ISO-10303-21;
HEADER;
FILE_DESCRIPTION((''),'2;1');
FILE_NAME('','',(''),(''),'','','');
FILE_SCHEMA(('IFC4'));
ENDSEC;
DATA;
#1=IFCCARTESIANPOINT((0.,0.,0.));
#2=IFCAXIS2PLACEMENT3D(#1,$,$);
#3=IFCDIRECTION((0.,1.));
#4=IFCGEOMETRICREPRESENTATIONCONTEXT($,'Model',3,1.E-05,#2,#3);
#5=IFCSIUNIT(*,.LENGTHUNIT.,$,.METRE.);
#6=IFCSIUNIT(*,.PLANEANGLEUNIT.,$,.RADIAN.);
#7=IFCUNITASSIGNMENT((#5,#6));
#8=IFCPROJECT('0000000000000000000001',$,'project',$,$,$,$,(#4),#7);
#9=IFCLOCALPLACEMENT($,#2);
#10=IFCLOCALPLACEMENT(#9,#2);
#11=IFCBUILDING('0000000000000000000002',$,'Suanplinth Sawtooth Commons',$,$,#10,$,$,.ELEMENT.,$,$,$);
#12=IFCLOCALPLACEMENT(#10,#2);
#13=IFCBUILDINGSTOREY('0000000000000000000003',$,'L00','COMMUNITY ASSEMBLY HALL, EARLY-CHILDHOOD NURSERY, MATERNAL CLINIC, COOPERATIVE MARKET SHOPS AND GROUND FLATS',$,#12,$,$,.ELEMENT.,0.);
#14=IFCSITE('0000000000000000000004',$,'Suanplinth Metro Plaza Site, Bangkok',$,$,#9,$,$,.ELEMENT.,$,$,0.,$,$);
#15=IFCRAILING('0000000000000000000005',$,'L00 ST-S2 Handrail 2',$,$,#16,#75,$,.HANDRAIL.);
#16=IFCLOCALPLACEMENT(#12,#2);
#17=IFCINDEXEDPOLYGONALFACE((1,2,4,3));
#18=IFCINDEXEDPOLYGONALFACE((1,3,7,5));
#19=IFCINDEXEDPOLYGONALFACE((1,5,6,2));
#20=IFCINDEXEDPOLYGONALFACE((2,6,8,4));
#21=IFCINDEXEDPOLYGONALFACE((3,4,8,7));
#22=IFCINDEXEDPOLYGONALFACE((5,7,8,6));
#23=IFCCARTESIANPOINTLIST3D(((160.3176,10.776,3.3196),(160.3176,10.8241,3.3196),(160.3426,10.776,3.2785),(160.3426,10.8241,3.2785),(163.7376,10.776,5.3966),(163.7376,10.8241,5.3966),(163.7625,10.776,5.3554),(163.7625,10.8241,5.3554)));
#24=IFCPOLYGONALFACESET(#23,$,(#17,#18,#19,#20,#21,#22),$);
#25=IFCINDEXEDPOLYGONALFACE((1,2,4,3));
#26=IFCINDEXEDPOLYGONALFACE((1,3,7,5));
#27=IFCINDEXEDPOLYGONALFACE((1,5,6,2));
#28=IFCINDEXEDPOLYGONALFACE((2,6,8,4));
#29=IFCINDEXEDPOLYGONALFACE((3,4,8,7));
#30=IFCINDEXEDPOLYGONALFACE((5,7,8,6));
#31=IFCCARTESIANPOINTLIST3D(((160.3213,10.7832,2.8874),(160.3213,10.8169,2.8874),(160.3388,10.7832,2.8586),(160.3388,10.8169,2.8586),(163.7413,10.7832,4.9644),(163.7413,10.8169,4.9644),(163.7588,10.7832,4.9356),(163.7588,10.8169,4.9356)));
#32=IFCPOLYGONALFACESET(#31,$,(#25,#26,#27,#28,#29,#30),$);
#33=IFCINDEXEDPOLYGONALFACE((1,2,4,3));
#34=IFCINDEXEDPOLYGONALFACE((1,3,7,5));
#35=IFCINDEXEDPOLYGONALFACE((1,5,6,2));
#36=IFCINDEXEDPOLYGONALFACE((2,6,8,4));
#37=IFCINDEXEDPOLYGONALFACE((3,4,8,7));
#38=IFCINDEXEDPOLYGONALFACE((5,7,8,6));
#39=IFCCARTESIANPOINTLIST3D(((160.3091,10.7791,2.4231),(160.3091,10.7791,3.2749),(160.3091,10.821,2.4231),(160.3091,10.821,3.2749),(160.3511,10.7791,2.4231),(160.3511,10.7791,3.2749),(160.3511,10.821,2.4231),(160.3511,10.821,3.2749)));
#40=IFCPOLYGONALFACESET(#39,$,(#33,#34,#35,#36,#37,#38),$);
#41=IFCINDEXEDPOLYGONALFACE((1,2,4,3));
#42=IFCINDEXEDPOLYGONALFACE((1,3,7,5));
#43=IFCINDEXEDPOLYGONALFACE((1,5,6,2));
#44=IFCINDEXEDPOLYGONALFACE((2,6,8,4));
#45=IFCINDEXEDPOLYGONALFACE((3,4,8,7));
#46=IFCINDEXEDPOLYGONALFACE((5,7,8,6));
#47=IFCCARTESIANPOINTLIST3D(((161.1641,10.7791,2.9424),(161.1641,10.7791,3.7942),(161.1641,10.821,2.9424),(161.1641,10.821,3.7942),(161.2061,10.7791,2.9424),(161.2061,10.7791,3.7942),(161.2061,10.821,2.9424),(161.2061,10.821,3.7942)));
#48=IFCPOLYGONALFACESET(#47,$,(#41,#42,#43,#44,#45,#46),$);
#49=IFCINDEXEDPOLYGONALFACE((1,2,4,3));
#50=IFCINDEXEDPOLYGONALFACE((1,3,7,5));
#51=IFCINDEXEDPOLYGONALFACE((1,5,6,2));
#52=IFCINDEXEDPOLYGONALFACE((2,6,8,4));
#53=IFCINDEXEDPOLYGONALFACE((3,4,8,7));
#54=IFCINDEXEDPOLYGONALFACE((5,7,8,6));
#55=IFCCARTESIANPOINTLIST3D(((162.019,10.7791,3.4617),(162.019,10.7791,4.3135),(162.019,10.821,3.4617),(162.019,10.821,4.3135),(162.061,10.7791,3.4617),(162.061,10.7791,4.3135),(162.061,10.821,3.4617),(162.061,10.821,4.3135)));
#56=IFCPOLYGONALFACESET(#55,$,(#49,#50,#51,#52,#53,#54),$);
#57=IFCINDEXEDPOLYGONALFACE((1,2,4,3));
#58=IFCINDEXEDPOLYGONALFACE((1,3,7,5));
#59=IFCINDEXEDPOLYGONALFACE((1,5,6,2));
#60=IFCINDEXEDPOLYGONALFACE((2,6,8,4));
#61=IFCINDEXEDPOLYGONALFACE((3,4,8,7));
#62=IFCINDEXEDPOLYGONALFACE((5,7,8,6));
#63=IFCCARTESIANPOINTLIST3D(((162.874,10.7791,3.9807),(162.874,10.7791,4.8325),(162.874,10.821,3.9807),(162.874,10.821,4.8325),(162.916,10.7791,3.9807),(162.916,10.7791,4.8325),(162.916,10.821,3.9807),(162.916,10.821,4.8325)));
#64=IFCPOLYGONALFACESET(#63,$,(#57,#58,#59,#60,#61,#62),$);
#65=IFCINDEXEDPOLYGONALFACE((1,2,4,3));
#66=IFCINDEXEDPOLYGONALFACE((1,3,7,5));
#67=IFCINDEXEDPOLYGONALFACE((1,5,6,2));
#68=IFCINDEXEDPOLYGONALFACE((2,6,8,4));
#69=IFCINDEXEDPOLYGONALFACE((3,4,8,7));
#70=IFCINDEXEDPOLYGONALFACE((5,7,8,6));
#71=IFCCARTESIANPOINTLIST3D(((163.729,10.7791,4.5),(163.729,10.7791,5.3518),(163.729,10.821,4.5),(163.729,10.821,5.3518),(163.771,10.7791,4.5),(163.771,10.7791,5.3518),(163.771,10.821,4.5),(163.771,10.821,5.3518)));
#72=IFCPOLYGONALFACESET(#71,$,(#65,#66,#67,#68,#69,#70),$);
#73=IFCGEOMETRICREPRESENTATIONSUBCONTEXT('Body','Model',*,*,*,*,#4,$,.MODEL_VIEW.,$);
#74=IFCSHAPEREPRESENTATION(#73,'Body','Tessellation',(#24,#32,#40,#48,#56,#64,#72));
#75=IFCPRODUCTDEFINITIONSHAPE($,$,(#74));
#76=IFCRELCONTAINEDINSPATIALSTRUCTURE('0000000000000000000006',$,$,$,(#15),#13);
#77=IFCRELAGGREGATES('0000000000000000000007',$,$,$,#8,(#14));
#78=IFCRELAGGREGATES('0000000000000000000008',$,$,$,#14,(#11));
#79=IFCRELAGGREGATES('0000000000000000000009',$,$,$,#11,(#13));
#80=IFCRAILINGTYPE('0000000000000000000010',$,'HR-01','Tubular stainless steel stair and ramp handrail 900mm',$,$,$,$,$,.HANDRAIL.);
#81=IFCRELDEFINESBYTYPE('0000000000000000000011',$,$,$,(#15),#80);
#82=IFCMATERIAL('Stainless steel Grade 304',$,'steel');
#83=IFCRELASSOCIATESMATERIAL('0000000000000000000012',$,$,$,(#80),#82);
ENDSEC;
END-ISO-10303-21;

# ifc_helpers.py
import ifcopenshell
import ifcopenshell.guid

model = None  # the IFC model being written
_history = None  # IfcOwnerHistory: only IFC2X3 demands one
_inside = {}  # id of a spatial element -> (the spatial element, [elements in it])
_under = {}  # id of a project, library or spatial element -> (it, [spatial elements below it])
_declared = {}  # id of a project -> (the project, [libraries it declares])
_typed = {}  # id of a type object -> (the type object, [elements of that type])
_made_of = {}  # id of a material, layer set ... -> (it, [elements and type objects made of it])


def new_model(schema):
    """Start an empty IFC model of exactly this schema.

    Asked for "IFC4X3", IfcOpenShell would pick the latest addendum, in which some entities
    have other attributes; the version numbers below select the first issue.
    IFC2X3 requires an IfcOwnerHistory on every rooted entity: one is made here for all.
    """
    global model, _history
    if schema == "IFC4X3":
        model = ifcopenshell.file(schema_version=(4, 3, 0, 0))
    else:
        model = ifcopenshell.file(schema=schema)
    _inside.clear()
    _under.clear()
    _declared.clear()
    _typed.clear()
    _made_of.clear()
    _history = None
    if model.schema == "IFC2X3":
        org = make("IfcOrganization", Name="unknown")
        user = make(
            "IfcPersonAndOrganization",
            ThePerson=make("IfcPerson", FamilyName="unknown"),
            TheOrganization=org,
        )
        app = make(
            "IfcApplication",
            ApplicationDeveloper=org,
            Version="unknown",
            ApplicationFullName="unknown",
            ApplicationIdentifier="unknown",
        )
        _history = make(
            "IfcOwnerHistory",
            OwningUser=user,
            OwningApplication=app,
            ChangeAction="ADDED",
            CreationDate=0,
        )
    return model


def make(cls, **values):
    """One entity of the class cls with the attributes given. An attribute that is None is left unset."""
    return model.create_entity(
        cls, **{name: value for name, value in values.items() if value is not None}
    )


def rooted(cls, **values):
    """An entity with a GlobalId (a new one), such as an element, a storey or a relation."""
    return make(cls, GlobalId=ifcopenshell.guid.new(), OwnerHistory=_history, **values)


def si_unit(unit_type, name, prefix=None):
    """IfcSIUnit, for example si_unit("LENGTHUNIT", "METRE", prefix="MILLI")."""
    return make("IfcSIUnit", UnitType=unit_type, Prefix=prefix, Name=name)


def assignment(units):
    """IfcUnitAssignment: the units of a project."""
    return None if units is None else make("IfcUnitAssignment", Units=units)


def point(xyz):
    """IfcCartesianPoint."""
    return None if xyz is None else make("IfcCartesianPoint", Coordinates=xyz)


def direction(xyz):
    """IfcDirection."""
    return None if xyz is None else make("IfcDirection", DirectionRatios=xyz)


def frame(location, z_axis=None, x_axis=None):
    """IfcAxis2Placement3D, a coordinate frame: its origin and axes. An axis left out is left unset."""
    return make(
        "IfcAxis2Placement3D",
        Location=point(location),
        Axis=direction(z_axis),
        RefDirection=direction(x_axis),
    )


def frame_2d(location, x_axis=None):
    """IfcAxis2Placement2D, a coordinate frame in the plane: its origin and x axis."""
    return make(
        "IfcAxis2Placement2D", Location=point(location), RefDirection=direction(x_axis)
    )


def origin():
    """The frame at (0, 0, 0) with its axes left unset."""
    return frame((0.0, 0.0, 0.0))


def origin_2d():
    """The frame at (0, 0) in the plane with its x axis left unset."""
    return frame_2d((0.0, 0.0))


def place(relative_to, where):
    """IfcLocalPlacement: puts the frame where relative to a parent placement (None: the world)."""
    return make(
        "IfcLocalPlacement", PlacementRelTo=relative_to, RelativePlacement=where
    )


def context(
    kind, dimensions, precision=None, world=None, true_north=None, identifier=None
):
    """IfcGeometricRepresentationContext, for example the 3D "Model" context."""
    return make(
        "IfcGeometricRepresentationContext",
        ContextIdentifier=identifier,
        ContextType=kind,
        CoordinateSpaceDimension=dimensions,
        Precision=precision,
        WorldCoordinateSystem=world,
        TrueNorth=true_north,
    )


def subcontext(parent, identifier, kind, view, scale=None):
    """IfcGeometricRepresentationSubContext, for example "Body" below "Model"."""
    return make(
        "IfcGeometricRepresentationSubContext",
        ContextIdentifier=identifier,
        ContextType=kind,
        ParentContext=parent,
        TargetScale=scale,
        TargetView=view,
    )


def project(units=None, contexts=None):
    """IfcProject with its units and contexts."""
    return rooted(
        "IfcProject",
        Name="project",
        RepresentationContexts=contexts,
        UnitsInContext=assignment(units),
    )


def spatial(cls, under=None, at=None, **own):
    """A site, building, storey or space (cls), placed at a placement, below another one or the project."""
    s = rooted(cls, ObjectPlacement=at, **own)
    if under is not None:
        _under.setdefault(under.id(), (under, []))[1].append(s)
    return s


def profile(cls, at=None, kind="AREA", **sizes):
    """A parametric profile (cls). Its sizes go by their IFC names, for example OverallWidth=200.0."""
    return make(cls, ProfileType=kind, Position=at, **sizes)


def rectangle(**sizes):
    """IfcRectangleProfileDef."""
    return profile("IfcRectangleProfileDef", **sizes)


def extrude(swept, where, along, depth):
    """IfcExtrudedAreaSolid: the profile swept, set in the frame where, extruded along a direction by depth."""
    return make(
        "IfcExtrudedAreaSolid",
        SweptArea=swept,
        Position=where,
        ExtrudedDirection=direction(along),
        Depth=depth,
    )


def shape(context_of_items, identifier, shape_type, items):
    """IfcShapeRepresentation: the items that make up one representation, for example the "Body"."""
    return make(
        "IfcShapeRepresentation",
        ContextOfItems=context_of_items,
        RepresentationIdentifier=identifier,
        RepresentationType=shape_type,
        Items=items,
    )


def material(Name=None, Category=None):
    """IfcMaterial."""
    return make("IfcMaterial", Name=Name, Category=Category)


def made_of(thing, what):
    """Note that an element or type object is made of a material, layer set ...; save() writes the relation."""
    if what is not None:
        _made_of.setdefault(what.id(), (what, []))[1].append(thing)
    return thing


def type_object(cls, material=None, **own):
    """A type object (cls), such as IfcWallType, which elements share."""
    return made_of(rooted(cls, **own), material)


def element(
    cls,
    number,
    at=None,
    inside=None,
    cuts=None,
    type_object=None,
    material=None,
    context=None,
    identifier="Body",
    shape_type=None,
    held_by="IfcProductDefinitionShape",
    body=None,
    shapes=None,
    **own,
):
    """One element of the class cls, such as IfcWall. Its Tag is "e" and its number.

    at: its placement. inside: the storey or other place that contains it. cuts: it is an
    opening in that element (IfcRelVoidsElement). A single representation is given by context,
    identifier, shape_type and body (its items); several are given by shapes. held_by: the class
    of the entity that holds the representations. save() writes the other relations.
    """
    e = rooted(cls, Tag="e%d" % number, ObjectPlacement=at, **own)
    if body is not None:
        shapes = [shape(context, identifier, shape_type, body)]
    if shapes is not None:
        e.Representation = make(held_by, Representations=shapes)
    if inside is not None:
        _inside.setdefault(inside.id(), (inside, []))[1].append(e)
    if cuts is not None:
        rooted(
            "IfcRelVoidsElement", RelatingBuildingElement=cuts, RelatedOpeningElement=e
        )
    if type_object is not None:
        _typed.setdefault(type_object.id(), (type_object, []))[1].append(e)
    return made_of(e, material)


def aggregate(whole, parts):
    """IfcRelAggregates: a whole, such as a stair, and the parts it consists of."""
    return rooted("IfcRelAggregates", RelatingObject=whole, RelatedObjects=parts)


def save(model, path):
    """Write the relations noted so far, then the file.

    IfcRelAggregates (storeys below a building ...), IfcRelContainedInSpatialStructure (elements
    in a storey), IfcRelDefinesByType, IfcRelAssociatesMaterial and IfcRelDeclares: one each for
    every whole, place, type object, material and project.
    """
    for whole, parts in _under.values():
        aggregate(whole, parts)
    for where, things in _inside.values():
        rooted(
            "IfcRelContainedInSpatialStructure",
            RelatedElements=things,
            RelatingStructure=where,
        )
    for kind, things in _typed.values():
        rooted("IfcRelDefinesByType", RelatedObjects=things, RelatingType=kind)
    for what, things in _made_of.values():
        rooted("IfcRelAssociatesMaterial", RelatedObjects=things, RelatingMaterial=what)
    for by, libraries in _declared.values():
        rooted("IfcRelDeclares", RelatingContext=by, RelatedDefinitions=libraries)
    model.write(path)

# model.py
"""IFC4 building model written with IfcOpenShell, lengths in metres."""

from ifc_helpers import new_model, si_unit, direction, frame, origin, origin_2d, place, context, subcontext, project, spatial, rectangle, extrude, material, type_object, element, save


model = new_model("IFC4")

# Units and contexts
model_context = context("Model", 3, precision=1e-05, world=origin(), true_north=direction((0.0, 1.0)))
body_context = subcontext(model_context, "Body", "Model", "MODEL_VIEW")
ifc_project = project(units=[si_unit("LENGTHUNIT", "METRE"), si_unit("PLANEANGLEUNIT", "RADIAN")], contexts=[model_context])

# Site, building, storey
site_placement = place(None, origin())
site = spatial("IfcSite", under=ifc_project, at=site_placement, Name="Suanplinth Metro Plaza Site, Bangkok", CompositionType="ELEMENT", RefElevation=0.0)
building_placement = place(site_placement, origin())
building = spatial("IfcBuilding", under=site, at=building_placement, Name="Suanplinth Sawtooth Commons", CompositionType="ELEMENT")
storey_placement = place(building_placement, origin())
storey = spatial("IfcBuildingStorey", under=building, at=storey_placement, Name="L00", Description="COMMUNITY ASSEMBLY HALL, EARLY-CHILDHOOD NURSERY, MATERNAL CLINIC, COOPERATIVE MARKET SHOPS AND GROUND FLATS", CompositionType="ELEMENT", Elevation=0.0)

# Railing
ifc_material_1 = material(Name="Stainless steel Grade 304", Category="steel")
railing_type_1 = type_object("IfcRailingType", Name="HR-01", Description="Tubular stainless steel stair and ramp handrail 900mm", PredefinedType="HANDRAIL", material=ifc_material_1)
railing_1_placement = place(storey_placement, frame((160.3301, 10.8, 2.4231)))
element("IfcRailing", 1, at=railing_1_placement, inside=storey, type_object=railing_type_1, Name="L00 ST-S2 Handrail 2", PredefinedType="HANDRAIL", context=body_context, shape_type="SweptSolid", body=[
    extrude(rectangle(XDim=0.0481, YDim=0.0481, at=origin_2d()), frame((0.0, 0.0, 0.876), z_axis=(0.85473, 0.0, 0.519074), x_axis=(0.0, 1.0, 0.0)), (0.0, 0.0, 1.0), 4.0012),
    extrude(rectangle(XDim=0.0337, YDim=0.0337, at=origin_2d()), frame((0.0, 0.0, 0.45), z_axis=(0.85473, 0.0, 0.519074), x_axis=(0.0, 1.0, 0.0)), (0.0, 0.0, 1.0), 4.0012),
    extrude(rectangle(XDim=0.042, YDim=0.042, at=origin_2d()), origin(), (0.0, 0.0, 1.0), 0.8518),
    extrude(rectangle(XDim=0.042, YDim=0.042, at=origin_2d()), frame((0.855, 0.0, 0.5193)), (0.0, 0.0, 1.0), 0.8518),
    extrude(rectangle(XDim=0.042, YDim=0.042, at=origin_2d()), frame((1.71, 0.0, 1.0386)), (0.0, 0.0, 1.0), 0.8518),
    extrude(rectangle(XDim=0.042, YDim=0.042, at=origin_2d()), frame((2.5649, 0.0, 1.5576)), (0.0, 0.0, 1.0), 0.8518),
    extrude(rectangle(XDim=0.042, YDim=0.042, at=origin_2d()), frame((3.4199, 0.0, 2.0769)), (0.0, 0.0, 1.0), 0.8518),
])

save(model, "model.ifc")
